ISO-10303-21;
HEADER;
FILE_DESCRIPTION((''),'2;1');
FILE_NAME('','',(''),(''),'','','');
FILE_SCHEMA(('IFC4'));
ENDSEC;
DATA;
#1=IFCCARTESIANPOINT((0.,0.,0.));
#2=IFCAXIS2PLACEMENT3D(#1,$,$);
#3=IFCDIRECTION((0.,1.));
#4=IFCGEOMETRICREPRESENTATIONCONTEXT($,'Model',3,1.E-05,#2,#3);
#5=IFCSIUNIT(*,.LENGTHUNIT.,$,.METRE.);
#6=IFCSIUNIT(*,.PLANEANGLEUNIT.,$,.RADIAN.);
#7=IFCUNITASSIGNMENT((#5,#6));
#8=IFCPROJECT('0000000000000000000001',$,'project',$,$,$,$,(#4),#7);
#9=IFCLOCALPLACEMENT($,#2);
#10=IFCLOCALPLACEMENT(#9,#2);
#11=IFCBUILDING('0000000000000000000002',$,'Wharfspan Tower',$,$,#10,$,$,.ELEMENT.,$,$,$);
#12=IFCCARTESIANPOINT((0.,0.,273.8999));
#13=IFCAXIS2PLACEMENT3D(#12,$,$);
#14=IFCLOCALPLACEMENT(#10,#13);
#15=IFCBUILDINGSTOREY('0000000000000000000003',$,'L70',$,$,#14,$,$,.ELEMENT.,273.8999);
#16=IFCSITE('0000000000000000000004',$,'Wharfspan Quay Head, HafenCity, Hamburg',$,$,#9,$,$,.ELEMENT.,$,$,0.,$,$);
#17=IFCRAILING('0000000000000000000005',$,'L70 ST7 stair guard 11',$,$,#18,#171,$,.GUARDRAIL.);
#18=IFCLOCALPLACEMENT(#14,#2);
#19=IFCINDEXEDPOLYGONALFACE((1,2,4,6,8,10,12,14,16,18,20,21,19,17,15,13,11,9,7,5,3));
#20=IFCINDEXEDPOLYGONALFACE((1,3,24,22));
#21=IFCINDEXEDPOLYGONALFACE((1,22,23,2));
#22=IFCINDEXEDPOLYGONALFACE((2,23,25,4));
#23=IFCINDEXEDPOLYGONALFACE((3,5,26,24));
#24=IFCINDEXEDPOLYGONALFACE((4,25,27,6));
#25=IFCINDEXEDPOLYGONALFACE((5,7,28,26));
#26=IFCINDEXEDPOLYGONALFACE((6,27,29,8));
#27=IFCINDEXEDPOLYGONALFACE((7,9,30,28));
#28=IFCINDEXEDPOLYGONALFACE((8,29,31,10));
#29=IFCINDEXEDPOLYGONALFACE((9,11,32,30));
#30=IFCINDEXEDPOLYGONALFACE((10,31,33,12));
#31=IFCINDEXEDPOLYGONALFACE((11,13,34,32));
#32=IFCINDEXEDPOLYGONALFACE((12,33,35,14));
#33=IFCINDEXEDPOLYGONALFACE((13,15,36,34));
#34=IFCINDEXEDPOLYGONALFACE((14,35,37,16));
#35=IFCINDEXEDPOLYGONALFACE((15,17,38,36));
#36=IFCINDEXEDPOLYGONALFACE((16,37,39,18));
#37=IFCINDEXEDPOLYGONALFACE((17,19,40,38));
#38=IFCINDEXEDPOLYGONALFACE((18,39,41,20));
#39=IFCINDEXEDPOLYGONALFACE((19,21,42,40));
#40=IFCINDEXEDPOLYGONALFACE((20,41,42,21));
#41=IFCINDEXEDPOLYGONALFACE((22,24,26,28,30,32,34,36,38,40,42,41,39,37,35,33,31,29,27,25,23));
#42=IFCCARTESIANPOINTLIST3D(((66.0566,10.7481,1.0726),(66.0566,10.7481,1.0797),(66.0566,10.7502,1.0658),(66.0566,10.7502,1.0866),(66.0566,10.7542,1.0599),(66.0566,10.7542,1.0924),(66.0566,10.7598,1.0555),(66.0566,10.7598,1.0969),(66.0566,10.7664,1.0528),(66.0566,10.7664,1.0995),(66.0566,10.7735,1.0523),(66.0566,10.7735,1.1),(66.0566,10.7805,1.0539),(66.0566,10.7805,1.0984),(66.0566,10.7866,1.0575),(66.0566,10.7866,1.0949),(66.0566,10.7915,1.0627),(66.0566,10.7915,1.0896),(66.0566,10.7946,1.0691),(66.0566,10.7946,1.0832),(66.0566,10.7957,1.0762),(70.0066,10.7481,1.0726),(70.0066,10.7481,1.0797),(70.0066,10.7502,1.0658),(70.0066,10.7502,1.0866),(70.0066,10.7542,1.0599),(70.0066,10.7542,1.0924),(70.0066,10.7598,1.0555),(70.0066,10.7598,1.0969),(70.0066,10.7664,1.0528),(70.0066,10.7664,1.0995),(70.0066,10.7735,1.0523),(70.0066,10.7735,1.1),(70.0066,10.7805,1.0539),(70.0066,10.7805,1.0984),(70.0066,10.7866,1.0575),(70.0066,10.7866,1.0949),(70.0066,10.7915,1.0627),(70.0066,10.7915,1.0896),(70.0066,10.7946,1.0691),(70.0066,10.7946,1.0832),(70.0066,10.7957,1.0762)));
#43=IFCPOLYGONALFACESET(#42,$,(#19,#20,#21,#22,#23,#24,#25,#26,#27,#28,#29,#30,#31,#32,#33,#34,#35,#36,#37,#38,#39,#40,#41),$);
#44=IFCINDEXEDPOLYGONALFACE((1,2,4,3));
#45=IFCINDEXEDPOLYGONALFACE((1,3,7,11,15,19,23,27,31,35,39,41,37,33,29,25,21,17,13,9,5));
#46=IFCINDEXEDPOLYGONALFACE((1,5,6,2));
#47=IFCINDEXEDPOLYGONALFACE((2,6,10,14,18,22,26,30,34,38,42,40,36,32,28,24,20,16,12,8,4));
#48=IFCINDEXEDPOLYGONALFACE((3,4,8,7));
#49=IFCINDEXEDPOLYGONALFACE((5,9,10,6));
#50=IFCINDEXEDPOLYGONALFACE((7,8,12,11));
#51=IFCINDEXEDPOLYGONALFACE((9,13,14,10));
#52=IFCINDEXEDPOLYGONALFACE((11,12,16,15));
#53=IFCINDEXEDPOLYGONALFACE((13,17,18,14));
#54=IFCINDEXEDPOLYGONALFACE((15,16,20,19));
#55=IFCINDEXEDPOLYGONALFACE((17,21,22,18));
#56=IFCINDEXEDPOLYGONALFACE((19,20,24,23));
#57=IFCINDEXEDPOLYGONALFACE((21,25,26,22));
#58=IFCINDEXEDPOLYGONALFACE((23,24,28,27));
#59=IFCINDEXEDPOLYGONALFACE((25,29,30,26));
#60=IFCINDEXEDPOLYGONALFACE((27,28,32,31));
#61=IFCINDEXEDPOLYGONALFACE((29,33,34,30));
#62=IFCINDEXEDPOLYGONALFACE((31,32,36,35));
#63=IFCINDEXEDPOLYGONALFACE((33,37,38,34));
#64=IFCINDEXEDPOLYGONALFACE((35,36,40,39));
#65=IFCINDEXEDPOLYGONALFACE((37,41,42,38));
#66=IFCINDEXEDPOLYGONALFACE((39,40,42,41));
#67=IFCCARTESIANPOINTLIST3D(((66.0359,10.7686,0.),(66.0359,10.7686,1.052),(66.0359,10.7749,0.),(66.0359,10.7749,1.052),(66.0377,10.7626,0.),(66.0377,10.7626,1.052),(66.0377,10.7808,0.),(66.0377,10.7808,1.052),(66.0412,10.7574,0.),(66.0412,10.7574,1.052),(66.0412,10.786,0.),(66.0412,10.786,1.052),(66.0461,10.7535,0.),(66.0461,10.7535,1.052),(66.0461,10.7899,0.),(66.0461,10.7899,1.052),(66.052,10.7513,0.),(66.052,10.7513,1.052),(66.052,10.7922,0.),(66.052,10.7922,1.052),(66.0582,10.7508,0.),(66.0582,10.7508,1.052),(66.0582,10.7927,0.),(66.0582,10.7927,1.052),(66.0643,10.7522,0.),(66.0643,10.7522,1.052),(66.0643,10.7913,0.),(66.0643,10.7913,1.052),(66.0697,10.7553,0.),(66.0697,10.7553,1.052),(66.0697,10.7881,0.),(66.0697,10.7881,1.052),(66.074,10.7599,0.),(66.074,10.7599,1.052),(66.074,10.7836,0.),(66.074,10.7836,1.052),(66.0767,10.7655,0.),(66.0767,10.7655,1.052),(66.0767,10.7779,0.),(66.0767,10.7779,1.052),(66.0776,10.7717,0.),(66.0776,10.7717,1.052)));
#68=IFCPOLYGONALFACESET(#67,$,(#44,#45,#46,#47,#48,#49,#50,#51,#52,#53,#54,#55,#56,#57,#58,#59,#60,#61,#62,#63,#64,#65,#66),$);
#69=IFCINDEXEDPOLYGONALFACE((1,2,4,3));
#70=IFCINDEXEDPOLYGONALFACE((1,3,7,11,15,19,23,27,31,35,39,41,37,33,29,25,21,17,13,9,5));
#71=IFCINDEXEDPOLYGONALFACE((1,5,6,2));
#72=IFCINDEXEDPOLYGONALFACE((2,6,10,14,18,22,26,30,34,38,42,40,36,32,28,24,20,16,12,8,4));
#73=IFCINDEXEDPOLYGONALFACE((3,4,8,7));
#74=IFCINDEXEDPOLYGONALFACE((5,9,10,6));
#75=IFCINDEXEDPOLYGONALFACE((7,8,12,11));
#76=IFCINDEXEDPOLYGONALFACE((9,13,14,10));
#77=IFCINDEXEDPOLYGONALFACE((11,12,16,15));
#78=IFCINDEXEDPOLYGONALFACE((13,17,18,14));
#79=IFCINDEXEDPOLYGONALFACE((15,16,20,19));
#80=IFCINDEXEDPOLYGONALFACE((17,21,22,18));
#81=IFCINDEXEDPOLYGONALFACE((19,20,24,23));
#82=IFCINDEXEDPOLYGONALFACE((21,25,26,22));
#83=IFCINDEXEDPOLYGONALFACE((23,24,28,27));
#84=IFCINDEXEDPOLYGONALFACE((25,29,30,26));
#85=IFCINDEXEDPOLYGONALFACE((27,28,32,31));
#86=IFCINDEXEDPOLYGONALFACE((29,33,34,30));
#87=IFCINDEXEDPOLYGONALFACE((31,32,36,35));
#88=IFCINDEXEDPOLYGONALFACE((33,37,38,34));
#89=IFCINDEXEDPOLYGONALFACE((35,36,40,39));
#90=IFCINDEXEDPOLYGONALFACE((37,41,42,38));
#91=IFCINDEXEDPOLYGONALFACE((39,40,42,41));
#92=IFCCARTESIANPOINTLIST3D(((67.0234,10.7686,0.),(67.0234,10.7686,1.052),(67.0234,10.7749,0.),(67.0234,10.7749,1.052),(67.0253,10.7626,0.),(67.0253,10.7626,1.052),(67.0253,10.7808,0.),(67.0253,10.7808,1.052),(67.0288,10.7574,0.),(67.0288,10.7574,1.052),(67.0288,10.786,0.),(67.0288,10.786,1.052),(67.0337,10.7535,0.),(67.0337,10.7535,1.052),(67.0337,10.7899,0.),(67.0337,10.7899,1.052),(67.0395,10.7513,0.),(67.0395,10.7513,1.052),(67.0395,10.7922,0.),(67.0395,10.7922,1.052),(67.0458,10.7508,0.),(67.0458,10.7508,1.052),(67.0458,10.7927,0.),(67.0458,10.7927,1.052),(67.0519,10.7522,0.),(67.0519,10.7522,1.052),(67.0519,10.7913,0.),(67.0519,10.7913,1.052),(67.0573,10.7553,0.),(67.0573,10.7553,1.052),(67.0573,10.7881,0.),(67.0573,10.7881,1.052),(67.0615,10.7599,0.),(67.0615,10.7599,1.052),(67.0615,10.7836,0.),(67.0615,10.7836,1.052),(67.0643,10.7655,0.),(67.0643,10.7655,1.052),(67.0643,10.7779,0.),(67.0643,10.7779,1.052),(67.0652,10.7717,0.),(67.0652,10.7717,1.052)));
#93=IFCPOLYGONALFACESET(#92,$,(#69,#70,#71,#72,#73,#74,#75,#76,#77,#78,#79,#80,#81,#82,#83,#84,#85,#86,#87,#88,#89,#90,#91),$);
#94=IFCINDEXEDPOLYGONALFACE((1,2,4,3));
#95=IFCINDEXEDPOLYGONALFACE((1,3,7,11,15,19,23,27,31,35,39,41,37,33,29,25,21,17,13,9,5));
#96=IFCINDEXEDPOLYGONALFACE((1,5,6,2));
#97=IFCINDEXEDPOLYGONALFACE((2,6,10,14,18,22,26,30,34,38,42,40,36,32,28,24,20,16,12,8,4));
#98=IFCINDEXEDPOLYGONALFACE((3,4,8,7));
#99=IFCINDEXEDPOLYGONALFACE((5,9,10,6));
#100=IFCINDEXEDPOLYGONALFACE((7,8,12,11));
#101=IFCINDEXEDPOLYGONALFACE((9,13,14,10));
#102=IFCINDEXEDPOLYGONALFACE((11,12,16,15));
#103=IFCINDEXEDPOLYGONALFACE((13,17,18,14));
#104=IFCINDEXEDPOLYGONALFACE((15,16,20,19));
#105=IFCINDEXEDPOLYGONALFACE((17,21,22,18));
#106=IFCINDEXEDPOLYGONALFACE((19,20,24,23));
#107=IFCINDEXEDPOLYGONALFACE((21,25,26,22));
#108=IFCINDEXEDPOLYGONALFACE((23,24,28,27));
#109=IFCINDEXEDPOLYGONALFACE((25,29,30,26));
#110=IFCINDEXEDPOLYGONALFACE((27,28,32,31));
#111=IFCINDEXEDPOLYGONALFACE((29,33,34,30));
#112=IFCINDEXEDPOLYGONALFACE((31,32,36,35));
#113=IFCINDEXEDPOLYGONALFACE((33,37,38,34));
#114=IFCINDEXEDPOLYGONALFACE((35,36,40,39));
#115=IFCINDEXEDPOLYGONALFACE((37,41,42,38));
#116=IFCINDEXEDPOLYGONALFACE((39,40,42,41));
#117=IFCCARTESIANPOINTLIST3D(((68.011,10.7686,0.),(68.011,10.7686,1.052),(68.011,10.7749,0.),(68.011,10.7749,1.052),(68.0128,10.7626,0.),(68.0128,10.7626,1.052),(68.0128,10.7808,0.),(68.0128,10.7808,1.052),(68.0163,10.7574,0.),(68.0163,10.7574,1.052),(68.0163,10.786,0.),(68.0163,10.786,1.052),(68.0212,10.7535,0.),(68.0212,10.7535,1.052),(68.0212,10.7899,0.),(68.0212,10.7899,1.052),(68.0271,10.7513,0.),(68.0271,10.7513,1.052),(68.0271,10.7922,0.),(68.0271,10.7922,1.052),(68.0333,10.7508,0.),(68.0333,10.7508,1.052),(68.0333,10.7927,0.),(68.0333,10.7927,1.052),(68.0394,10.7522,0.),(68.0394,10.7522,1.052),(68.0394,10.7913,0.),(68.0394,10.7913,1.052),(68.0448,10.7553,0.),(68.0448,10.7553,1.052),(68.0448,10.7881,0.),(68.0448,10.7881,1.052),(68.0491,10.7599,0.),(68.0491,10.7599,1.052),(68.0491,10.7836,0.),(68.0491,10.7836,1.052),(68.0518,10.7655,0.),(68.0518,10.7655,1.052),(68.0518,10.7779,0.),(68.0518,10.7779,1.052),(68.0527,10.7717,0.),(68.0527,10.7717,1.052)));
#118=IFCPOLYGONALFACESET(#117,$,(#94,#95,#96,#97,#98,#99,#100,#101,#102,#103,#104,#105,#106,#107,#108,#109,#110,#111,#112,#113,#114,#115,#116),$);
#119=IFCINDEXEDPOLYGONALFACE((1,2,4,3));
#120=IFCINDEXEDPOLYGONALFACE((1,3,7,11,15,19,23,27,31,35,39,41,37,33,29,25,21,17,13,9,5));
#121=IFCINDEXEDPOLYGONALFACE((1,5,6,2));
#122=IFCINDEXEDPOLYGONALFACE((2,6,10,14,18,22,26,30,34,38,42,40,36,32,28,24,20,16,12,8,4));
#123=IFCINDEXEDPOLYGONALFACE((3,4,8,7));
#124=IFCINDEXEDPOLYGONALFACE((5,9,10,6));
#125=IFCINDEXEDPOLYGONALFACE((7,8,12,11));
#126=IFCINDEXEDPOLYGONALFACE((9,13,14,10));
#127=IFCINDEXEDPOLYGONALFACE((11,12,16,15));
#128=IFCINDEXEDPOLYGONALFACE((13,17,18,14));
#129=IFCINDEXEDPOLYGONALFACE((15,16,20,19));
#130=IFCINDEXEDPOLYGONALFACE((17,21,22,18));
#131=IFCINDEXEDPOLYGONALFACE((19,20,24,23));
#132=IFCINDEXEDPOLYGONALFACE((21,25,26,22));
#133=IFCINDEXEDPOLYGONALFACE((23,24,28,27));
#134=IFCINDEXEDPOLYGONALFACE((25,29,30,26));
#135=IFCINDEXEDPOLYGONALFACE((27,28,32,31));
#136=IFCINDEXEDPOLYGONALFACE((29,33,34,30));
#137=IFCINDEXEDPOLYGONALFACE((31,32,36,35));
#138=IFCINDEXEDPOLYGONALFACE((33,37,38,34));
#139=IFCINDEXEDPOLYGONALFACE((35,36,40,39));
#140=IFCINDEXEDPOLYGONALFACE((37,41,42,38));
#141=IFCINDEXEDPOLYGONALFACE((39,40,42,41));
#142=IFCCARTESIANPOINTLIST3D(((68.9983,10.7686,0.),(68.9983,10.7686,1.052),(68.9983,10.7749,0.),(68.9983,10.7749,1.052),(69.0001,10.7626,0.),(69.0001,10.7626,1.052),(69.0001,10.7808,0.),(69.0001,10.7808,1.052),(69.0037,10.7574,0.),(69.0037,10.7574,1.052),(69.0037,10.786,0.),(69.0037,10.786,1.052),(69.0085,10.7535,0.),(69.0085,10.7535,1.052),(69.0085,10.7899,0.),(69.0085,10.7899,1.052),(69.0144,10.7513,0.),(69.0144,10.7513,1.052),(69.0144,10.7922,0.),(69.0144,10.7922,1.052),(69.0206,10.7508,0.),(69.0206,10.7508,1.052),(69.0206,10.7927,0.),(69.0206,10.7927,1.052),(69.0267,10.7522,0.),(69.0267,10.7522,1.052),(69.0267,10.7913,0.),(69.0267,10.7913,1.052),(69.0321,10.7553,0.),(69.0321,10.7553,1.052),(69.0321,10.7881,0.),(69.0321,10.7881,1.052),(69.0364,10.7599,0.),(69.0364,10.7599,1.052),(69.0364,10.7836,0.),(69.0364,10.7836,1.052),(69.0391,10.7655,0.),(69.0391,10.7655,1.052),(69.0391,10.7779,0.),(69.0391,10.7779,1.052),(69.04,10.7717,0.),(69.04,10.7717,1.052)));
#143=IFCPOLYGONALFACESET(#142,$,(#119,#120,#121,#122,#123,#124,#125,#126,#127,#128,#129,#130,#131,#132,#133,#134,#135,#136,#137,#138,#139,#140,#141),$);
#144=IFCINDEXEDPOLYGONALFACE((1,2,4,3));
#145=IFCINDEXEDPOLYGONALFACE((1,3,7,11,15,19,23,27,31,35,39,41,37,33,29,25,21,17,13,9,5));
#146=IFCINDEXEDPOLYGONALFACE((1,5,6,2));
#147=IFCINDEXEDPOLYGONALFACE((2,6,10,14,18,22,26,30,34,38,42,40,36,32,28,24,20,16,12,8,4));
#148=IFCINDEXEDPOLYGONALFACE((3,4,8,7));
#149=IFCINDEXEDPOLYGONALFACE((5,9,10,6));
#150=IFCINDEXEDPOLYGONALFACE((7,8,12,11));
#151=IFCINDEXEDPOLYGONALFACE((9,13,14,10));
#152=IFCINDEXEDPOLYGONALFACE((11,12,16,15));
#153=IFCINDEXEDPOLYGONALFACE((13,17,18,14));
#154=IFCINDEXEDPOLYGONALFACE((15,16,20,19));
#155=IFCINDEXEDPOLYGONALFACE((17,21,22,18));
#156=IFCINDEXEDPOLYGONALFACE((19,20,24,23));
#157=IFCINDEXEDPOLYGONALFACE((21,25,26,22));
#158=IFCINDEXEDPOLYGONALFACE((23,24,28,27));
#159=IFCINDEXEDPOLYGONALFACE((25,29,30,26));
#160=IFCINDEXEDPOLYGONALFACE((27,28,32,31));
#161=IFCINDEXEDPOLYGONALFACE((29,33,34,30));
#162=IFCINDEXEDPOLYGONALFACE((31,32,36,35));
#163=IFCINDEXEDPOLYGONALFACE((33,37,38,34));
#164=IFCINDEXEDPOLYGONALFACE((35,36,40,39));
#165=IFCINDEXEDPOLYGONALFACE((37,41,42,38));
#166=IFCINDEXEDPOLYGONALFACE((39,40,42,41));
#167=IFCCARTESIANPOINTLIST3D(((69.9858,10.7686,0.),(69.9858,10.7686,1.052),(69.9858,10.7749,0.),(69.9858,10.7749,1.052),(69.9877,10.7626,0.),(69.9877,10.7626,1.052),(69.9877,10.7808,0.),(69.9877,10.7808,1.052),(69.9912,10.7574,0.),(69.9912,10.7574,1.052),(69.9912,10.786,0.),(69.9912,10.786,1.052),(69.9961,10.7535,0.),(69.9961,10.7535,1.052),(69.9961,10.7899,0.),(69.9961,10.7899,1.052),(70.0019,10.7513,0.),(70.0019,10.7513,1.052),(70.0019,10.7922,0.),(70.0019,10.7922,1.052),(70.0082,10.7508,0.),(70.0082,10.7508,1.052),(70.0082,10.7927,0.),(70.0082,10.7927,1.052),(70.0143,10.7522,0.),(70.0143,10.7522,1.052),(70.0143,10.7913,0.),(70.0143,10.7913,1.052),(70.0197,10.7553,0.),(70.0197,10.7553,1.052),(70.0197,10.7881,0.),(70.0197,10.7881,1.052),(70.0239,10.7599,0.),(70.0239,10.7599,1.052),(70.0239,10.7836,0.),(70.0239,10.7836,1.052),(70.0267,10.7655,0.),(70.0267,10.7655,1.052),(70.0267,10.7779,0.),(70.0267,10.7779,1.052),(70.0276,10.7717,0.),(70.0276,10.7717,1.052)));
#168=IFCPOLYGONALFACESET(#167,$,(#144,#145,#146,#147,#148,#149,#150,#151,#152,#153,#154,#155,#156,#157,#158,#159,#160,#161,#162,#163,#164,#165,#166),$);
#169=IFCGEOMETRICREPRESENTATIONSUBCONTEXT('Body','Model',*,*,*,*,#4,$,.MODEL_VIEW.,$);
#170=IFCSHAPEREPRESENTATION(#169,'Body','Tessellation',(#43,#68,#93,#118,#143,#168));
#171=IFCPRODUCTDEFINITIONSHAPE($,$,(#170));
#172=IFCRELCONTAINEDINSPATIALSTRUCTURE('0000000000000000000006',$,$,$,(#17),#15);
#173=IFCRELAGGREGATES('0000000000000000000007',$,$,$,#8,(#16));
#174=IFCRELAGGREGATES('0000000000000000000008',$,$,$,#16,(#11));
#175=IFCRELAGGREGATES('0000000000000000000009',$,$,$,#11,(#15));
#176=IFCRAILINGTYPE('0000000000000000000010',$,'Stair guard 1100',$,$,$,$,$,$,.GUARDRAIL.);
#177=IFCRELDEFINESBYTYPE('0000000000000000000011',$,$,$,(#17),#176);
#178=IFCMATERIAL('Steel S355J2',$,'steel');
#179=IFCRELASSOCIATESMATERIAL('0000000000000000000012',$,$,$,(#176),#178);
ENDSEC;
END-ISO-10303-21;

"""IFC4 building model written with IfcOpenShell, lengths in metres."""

from ifc_helpers import new_model, si_unit, direction, frame, origin, origin_2d, place, context, subcontext, project, spatial, circle, extrude, material, type_object, element, save


model = new_model("IFC4")

# Units and contexts
model_context = context("Model", 3, precision=1e-05, world=origin(), true_north=direction((0.0, 1.0)))
body_context = subcontext(model_context, "Body", "Model", "MODEL_VIEW")
ifc_project = project(units=[si_unit("LENGTHUNIT", "METRE"), si_unit("PLANEANGLEUNIT", "RADIAN")], contexts=[model_context])

# Site, building, storey
site_placement = place(None, origin())
site = spatial("IfcSite", under=ifc_project, at=site_placement, Name="Wharfspan Quay Head, HafenCity, Hamburg", CompositionType="ELEMENT", RefElevation=0.0)
building_placement = place(site_placement, origin())
building = spatial("IfcBuilding", under=site, at=building_placement, Name="Wharfspan Tower", CompositionType="ELEMENT")
storey_placement = place(building_placement, frame((0.0, 0.0, 273.8999)))
storey = spatial("IfcBuildingStorey", under=building, at=storey_placement, Name="L70", CompositionType="ELEMENT", Elevation=273.8999)

# Shared definitions
ifc_material_1 = material(Name="Steel S355J2", Category="steel")

# Railing
railing_type_1 = type_object("IfcRailingType", Name="Stair guard 1100", PredefinedType="GUARDRAIL", material=ifc_material_1)
railing_1_placement = place(storey_placement, frame((66.0566, 10.7717, 0.0)))
element("IfcRailing", 1, at=railing_1_placement, inside=storey, type_object=railing_type_1, Name="L70 ST7 stair guard 11", PredefinedType="GUARDRAIL", context=body_context, shape_type="SweptSolid", body=[
    extrude(circle(Radius=0.0239, at=origin_2d()), frame((0.0, 0.0, 1.0762), z_axis=(1.0, 0.0, 0.0), x_axis=(0.0, 1.0, 0.0)), (0.0, 0.0, 1.0), 3.95),
    extrude(circle(Radius=0.021, at=origin_2d()), origin(), (0.0, 0.0, 1.0), 1.052),
    extrude(circle(Radius=0.021, at=origin_2d()), frame((0.9875, 0.0, 0.0)), (0.0, 0.0, 1.0), 1.052),
    extrude(circle(Radius=0.021, at=origin_2d()), frame((1.9751, 0.0, 0.0)), (0.0, 0.0, 1.0), 1.052),
    extrude(circle(Radius=0.021, at=origin_2d()), frame((2.9624, 0.0, 0.0)), (0.0, 0.0, 1.0), 1.052),
    extrude(circle(Radius=0.021, at=origin_2d()), frame((3.95, 0.0, 0.0)), (0.0, 0.0, 1.0), 1.052),
])

save(model, "model.ifc")
